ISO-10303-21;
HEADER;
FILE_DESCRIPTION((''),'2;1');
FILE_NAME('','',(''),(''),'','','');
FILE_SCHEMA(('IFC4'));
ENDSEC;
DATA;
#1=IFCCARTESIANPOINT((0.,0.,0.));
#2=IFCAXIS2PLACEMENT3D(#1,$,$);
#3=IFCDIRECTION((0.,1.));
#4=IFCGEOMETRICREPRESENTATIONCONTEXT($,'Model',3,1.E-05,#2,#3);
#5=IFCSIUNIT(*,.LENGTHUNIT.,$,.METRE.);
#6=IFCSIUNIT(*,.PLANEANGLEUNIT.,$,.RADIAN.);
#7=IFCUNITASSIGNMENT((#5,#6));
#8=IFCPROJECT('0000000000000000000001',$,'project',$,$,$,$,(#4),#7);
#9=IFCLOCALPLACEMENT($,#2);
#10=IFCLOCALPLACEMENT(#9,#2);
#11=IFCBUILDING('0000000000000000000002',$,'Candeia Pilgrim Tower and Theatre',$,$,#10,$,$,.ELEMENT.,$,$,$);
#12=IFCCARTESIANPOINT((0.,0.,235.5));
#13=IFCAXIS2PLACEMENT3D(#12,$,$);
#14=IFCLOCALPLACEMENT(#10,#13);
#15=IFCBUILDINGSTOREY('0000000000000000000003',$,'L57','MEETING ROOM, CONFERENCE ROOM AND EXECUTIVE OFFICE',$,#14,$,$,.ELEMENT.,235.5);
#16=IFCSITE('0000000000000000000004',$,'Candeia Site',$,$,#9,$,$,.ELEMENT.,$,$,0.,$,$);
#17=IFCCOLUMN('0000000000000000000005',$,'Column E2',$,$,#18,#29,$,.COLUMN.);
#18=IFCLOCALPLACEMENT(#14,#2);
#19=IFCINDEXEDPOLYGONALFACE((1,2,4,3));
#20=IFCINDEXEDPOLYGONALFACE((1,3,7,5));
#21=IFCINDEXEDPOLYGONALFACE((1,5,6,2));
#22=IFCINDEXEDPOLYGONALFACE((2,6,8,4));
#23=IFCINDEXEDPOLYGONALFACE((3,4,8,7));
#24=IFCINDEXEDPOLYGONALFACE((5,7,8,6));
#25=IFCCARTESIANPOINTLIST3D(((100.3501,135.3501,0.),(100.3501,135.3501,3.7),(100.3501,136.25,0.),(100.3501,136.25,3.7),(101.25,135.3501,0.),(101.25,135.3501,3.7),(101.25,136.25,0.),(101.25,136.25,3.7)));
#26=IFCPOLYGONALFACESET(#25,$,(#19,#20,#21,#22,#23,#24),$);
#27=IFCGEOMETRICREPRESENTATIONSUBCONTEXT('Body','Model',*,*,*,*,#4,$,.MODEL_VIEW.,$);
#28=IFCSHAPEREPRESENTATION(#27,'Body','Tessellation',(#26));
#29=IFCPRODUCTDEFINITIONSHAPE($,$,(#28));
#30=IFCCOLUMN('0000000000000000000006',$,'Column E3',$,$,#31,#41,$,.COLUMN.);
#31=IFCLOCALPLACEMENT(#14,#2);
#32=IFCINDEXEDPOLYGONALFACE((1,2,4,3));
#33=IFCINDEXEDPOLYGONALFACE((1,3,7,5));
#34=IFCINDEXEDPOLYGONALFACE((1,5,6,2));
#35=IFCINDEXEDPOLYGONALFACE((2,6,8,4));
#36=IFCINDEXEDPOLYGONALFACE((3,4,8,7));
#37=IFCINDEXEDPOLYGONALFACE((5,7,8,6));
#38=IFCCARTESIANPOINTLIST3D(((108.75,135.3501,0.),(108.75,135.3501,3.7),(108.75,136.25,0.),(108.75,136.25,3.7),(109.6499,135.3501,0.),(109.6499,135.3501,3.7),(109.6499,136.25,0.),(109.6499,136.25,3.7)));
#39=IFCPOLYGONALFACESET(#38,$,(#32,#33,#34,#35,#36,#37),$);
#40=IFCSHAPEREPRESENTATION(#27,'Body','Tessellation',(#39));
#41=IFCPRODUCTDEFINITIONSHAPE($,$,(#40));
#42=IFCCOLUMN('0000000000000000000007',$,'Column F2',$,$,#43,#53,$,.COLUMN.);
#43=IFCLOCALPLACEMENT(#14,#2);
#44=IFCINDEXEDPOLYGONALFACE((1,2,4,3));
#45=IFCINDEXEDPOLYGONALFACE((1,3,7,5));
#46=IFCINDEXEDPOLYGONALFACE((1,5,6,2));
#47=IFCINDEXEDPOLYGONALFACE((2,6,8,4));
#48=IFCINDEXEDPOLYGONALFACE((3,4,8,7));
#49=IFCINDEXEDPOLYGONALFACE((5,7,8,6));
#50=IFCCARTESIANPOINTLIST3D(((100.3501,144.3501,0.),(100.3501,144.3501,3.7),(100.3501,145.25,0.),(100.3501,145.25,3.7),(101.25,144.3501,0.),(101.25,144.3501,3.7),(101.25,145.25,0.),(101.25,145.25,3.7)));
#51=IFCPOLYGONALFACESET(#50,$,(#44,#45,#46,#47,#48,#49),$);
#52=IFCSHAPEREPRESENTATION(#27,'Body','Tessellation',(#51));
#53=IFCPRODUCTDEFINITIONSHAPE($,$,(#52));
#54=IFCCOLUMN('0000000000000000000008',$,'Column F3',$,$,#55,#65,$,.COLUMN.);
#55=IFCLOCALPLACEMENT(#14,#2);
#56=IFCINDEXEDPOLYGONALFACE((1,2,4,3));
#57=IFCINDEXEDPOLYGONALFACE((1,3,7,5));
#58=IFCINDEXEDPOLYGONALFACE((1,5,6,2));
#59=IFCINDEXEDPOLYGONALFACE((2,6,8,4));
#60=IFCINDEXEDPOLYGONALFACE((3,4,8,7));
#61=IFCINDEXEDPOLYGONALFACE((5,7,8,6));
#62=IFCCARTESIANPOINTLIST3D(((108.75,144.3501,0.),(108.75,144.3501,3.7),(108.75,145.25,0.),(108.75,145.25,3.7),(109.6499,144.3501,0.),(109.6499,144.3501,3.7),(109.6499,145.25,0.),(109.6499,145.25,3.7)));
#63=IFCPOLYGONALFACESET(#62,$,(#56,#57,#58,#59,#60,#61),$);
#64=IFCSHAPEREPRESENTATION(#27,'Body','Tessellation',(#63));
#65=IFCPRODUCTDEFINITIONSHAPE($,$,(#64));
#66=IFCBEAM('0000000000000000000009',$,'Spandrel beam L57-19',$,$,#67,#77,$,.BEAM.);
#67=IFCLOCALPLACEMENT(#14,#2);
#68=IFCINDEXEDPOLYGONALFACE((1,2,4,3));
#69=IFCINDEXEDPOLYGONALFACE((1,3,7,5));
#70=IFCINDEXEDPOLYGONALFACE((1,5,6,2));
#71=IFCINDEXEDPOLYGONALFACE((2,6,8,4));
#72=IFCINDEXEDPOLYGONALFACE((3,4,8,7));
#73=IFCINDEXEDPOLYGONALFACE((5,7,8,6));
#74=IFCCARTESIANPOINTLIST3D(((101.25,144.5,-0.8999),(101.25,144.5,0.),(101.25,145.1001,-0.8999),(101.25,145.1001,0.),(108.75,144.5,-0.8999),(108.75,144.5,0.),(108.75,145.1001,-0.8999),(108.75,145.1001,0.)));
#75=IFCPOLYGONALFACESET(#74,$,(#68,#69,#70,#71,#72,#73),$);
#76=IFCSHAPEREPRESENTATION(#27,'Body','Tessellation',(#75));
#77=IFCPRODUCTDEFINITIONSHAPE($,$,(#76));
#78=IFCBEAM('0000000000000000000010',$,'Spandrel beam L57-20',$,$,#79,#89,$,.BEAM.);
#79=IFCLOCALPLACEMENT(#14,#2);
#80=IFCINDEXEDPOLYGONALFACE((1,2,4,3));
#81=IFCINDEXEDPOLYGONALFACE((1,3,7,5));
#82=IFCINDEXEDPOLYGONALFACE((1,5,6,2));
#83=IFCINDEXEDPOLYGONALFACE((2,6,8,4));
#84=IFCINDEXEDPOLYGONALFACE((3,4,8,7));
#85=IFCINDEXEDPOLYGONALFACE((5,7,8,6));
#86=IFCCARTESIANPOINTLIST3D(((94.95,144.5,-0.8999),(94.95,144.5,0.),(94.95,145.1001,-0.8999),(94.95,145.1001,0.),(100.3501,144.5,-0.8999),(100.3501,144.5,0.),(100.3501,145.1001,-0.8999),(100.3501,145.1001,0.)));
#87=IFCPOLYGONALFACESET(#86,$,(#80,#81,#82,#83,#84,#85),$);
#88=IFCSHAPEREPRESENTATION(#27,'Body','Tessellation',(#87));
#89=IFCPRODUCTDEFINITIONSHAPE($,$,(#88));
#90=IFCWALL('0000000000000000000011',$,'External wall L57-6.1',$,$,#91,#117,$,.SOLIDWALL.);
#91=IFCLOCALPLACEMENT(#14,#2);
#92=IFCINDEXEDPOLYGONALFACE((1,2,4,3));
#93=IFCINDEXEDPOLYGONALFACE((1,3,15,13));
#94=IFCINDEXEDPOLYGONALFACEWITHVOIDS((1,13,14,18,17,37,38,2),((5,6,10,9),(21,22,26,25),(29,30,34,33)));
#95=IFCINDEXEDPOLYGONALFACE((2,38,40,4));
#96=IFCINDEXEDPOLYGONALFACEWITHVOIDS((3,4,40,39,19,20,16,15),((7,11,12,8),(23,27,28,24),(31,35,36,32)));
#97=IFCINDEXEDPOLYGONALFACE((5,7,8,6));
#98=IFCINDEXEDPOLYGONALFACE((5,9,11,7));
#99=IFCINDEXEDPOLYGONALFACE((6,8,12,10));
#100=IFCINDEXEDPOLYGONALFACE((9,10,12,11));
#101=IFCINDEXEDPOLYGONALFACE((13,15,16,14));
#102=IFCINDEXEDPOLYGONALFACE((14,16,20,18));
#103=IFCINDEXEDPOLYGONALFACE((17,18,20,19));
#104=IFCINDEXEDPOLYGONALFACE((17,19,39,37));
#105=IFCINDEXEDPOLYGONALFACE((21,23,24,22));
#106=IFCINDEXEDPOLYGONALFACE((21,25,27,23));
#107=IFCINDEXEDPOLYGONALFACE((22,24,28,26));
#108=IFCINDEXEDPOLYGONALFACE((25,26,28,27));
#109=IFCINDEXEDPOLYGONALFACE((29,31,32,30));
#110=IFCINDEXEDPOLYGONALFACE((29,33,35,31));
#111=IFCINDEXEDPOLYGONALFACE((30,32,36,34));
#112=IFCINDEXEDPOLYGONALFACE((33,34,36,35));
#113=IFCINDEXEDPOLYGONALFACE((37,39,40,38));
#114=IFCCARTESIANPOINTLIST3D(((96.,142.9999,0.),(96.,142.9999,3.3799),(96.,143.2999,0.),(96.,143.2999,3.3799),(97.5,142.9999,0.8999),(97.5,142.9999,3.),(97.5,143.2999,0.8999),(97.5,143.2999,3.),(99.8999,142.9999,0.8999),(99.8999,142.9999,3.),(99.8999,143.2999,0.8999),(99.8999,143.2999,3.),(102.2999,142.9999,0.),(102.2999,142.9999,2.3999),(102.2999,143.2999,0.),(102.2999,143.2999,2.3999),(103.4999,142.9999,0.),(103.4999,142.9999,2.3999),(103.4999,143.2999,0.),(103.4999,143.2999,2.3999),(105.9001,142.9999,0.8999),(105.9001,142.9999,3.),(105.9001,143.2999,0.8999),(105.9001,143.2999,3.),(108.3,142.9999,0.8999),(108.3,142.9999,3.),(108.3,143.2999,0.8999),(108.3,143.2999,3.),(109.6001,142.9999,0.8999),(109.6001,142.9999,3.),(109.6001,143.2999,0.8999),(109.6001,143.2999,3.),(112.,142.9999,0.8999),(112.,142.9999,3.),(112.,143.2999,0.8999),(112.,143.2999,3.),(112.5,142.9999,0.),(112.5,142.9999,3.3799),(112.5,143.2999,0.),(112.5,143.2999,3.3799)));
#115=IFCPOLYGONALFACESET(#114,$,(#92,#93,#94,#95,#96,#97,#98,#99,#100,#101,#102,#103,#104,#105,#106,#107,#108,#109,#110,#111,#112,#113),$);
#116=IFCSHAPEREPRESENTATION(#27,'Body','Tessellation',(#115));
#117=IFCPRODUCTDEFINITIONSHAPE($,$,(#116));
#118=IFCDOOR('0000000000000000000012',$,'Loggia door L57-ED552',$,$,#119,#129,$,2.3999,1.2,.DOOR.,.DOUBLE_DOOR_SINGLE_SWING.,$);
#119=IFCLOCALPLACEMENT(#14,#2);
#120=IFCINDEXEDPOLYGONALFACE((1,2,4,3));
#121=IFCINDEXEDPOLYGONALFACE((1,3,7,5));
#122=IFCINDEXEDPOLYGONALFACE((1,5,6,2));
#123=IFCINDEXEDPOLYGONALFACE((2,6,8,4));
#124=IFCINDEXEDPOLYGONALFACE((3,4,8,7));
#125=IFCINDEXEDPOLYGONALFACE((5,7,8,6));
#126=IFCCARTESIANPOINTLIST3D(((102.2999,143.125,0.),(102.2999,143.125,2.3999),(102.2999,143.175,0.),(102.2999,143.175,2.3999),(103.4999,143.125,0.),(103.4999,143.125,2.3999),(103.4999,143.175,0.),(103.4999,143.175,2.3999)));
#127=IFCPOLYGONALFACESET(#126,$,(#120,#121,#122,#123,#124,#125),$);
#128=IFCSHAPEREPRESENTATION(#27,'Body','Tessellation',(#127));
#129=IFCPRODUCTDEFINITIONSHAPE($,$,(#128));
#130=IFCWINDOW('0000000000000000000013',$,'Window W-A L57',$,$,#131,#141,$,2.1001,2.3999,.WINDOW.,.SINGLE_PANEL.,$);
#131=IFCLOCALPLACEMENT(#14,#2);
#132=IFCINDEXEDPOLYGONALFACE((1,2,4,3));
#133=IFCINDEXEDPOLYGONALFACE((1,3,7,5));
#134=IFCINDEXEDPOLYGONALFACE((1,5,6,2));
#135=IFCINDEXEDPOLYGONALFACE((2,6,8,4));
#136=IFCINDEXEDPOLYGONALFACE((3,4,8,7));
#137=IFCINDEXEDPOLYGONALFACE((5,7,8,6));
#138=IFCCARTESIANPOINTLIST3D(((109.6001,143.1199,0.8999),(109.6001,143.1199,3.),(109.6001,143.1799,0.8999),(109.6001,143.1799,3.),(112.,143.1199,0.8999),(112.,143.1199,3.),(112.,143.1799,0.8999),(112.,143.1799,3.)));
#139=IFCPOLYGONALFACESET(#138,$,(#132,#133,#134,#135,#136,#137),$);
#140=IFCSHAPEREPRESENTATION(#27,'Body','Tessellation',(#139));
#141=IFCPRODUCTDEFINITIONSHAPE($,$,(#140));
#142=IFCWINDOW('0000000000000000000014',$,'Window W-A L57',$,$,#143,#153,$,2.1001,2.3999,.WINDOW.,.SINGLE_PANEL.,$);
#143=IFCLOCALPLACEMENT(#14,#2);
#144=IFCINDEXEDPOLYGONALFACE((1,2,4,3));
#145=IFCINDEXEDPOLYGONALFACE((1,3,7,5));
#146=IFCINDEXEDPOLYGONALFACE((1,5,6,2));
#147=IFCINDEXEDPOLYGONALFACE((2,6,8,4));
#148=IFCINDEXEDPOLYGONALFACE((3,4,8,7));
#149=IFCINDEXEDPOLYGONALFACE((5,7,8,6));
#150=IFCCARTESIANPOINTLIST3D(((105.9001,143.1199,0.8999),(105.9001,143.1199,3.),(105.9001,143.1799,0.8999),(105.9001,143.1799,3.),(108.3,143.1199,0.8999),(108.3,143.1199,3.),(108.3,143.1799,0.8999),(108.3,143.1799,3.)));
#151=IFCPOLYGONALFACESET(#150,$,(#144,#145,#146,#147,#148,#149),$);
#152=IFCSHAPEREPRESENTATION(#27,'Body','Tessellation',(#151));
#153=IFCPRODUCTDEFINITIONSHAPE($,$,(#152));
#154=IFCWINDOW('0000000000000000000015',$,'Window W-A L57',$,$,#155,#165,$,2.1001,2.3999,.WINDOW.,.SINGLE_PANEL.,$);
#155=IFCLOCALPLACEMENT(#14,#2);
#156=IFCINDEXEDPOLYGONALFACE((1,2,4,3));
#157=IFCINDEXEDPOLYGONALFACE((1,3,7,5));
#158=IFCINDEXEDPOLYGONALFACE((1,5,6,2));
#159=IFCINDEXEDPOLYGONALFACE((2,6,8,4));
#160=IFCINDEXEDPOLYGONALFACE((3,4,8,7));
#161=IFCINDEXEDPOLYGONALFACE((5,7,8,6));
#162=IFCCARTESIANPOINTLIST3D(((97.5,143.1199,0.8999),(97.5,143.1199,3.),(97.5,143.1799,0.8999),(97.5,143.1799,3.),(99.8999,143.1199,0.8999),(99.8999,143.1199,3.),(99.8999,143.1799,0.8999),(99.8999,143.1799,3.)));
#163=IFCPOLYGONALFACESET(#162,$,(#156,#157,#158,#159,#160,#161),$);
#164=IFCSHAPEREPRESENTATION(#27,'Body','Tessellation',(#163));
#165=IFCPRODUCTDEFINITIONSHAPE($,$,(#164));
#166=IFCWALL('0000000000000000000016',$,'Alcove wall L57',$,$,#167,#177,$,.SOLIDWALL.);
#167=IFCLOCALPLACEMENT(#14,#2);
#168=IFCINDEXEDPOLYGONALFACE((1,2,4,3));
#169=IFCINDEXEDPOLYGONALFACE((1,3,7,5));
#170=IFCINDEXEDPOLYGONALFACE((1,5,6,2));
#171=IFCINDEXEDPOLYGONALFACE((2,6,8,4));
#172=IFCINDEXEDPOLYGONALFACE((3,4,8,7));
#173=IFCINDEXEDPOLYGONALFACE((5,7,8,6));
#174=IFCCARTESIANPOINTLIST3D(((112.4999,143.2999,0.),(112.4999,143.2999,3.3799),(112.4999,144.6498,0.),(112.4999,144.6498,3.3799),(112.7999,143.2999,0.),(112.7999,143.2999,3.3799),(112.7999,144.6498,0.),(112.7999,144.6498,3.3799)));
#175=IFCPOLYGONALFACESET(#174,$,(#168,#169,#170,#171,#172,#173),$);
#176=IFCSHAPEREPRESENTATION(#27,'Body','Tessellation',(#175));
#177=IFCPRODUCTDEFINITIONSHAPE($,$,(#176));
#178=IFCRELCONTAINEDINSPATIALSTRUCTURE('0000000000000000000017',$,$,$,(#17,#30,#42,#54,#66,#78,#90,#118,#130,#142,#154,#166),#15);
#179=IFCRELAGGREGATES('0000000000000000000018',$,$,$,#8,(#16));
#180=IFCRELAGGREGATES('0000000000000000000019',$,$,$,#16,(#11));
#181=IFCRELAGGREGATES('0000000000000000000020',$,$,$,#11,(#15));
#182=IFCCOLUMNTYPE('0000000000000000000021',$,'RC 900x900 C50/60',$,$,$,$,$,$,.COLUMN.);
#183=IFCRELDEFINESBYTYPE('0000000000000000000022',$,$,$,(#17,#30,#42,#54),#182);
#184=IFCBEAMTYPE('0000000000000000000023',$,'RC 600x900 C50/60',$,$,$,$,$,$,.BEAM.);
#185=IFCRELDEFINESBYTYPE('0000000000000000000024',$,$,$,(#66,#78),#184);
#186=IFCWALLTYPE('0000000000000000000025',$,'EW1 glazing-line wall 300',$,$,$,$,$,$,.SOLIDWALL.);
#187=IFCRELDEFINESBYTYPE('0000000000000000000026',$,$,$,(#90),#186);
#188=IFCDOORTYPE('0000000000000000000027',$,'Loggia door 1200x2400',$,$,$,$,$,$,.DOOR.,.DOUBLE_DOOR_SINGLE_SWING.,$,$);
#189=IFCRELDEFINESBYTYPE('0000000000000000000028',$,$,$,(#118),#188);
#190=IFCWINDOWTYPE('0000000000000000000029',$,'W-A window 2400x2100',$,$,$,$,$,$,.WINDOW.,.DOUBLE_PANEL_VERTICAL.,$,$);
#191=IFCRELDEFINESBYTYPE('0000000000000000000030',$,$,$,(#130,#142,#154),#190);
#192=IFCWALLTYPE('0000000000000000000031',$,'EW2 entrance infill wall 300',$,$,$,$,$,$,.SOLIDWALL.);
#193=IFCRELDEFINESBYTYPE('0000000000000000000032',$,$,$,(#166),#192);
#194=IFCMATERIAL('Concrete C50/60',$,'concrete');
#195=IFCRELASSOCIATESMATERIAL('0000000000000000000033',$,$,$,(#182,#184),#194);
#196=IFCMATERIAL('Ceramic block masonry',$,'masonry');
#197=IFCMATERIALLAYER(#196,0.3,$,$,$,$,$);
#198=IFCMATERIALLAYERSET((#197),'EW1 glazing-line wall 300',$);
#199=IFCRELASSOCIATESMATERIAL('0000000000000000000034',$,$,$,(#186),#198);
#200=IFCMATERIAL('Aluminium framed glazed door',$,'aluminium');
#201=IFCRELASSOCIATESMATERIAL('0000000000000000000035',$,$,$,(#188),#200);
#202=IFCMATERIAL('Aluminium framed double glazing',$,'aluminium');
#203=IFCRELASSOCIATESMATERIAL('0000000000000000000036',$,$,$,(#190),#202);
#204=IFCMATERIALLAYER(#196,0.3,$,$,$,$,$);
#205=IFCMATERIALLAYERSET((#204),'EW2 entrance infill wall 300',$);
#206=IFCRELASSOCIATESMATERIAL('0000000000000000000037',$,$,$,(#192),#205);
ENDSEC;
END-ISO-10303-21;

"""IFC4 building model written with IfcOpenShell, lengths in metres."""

from ifc_helpers import new_model, si_unit, direction, frame, frame_2d, origin, origin_2d, place, context, subcontext, project, spatial, rectangle, extrude, material, layer, layer_set, material_profile, profile_set, type_object, element, fill, save


model = new_model("IFC4")

# Units and contexts
model_context = context("Model", 3, precision=1e-05, world=origin(), true_north=direction((0.0, 1.0)))
body_context = subcontext(model_context, "Body", "Model", "MODEL_VIEW")
ifc_project = project(units=[si_unit("LENGTHUNIT", "METRE"), si_unit("PLANEANGLEUNIT", "RADIAN")], contexts=[model_context])

# Site, building, storey
site_placement = place(None, origin())
site = spatial("IfcSite", under=ifc_project, at=site_placement, Name="Candeia Site", CompositionType="ELEMENT", RefElevation=0.0)
building_placement = place(site_placement, origin())
building = spatial("IfcBuilding", under=site, at=building_placement, Name="Candeia Pilgrim Tower and Theatre", CompositionType="ELEMENT")
storey_placement = place(building_placement, frame((0.0, 0.0, 235.5)))
storey = spatial("IfcBuildingStorey", under=building, at=storey_placement, Name="L57", Description="MEETING ROOM, CONFERENCE ROOM AND EXECUTIVE OFFICE", CompositionType="ELEMENT", Elevation=235.5)

# Columns
ifc_material_1 = material(Name="Concrete C50/60", Category="concrete")
ifc_material_profile_1 = material_profile(ifc_material_1, rectangle(XDim=0.8999, YDim=0.8999, at=origin_2d()))
ifc_profile_set_1 = profile_set([ifc_material_profile_1], Name="Concrete C50/60")
column_type = type_object("IfcColumnType", Name="RC 900x900 C50/60", PredefinedType="COLUMN", material=ifc_profile_set_1)
for number, where, z_axis, x_axis, name in (
    (1, (100.8, 135.8, 0.0), (0.0, 0.0, 1.0), (1.0, 0.0, 0.0), "Column E2"),
    (2, (109.2, 135.8, 0.0), (0.0, 0.0, 1.0), (1.0, 0.0, 0.0), "Column E3"),
    (3, (100.8, 144.8, 0.0), (0.0, 0.0, 1.0), (1.0, 0.0, 0.0), "Column F2"),
    (4, (109.2, 144.8, 0.0), (0.0, 0.0, 1.0), (1.0, 0.0, 0.0), "Column F3"),
):
    element("IfcColumn", number, at=place(storey_placement, frame(where, z_axis=z_axis, x_axis=x_axis)), inside=storey, type_object=column_type, Name=name, PredefinedType="COLUMN", context=body_context, shape_type="SweptSolid", body=[
        extrude(rectangle(XDim=0.8999, YDim=0.8999, at=origin_2d()), origin(), (0.0, 0.0, 1.0), 3.7),
    ])

# Beams
ifc_material_profile_2 = material_profile(ifc_material_1, rectangle(XDim=0.6001, YDim=0.8999, at=origin_2d()))
ifc_profile_set_2 = profile_set([ifc_material_profile_2], Name="Concrete C50/60")
beam_type = type_object("IfcBeamType", Name="RC 600x900 C50/60", PredefinedType="BEAM", material=ifc_profile_set_2)
beam_1_placement = place(storey_placement, frame((108.75, 144.8, -0.45), z_axis=(-1.0, 0.0, 0.0), x_axis=(0.0, -1.0, 0.0)))
element("IfcBeam", 5, at=beam_1_placement, inside=storey, type_object=beam_type, Name="Spandrel beam L57-19", PredefinedType="BEAM", context=body_context, shape_type="SweptSolid", body=[
    extrude(rectangle(XDim=0.6001, YDim=0.8999, at=origin_2d()), origin(), (0.0, 0.0, 1.0), 7.5),
])
beam_2_placement = place(storey_placement, frame((100.3501, 144.8, -0.45), z_axis=(-1.0, 0.0, 0.0), x_axis=(0.0, -1.0, 0.0)))
element("IfcBeam", 6, at=beam_2_placement, inside=storey, type_object=beam_type, Name="Spandrel beam L57-20", PredefinedType="BEAM", context=body_context, shape_type="SweptSolid", body=[
    extrude(rectangle(XDim=0.6001, YDim=0.8999, at=origin_2d()), origin(), (0.0, 0.0, 1.0), 5.4001),
])

# Wall, openings, door, windows
ifc_material_2 = material(Name="Ceramic block masonry", Category="masonry")
ifc_layer_1 = layer(ifc_material_2, 0.3)
ifc_layer_set_1 = layer_set([ifc_layer_1], Name="EW1 glazing-line wall 300")
wall_type_1 = type_object("IfcWallType", Name="EW1 glazing-line wall 300", PredefinedType="SOLIDWALL", material=ifc_layer_set_1)
wall_1_placement = place(storey_placement, frame((112.5, 143.1499, 0.0), z_axis=(0.0, 0.0, 1.0), x_axis=(-1.0, 0.0, 0.0)))
wall_1 = element("IfcWall", 7, at=wall_1_placement, inside=storey, type_object=wall_type_1, Name="External wall L57-6.1", PredefinedType="SOLIDWALL", context=body_context, shape_type="SweptSolid", body=[
    extrude(rectangle(XDim=16.5, YDim=0.3, at=frame_2d((8.25, 0.0))), origin(), (0.0, 0.0, 1.0), 3.3799),
])
opening_1_placement = place(wall_1_placement, frame((0.5, 0.0, 0.8999)))
opening_1 = element("IfcOpeningElement", 8, at=opening_1_placement, cuts=wall_1, PredefinedType="OPENING", context=body_context, shape_type="SweptSolid", body=[
    extrude(rectangle(XDim=2.3999, YDim=2.1001, at=frame_2d((1.2, 1.05))), frame((0.0, 0.1602, 0.0), z_axis=(0.0, -1.0, 0.0), x_axis=(1.0, 0.0, 0.0)), (0.0, 0.0, 1.0), 0.3201),
])
opening_2_placement = place(wall_1_placement, frame((4.2, 0.0, 0.8999)))
opening_2 = element("IfcOpeningElement", 9, at=opening_2_placement, cuts=wall_1, PredefinedType="OPENING", context=body_context, shape_type="SweptSolid", body=[
    extrude(rectangle(XDim=2.3999, YDim=2.1001, at=frame_2d((1.2, 1.05))), frame((0.0, 0.1602, 0.0), z_axis=(0.0, -1.0, 0.0), x_axis=(1.0, 0.0, 0.0)), (0.0, 0.0, 1.0), 0.3201),
])
opening_3_placement = place(wall_1_placement, frame((9.0, 0.0, 0.0)))
opening_3 = element("IfcOpeningElement", 10, at=opening_3_placement, cuts=wall_1, PredefinedType="OPENING", context=body_context, shape_type="SweptSolid", body=[
    extrude(rectangle(XDim=1.2, YDim=2.3999, at=frame_2d((0.6001, 1.2))), frame((0.0, 0.1602, 0.0), z_axis=(0.0, -1.0, 0.0), x_axis=(1.0, 0.0, 0.0)), (0.0, 0.0, 1.0), 0.3201),
])
opening_4_placement = place(wall_1_placement, frame((12.6001, 0.0, 0.8999)))
opening_4 = element("IfcOpeningElement", 11, at=opening_4_placement, cuts=wall_1, PredefinedType="OPENING", context=body_context, shape_type="SweptSolid", body=[
    extrude(rectangle(XDim=2.3999, YDim=2.1001, at=frame_2d((1.2, 1.05))), frame((0.0, 0.1602, 0.0), z_axis=(0.0, -1.0, 0.0), x_axis=(1.0, 0.0, 0.0)), (0.0, 0.0, 1.0), 0.3201),
])
ifc_material_3 = material(Name="Aluminium framed glazed door", Category="aluminium")
door_type_1 = type_object("IfcDoorType", Name="Loggia door 1200x2400", OperationType="DOUBLE_DOOR_SINGLE_SWING", PredefinedType="DOOR", material=ifc_material_3)
door_1_placement = place(opening_3_placement, origin())
door_1 = element("IfcDoor", 12, at=door_1_placement, inside=storey, type_object=door_type_1, Name="Loggia door L57-ED552", OperationType="DOUBLE_DOOR_SINGLE_SWING", OverallHeight=2.3999, OverallWidth=1.2, PredefinedType="DOOR", context=body_context, shape_type="SweptSolid", body=[
    extrude(rectangle(XDim=1.2, YDim=2.3999, at=frame_2d((0.6001, 1.2))), frame((0.0, 0.0249, 0.0), z_axis=(0.0, -1.0, 0.0), x_axis=(1.0, 0.0, 0.0)), (0.0, 0.0, 1.0), 0.05),
])
fill(opening_3, door_1)
ifc_material_4 = material(Name="Aluminium framed double glazing", Category="aluminium")
window_type = type_object("IfcWindowType", Name="W-A window 2400x2100", PartitioningType="DOUBLE_PANEL_VERTICAL", PredefinedType="WINDOW", material=ifc_material_4)
window_1_placement = place(opening_1_placement, origin())
window_1 = element("IfcWindow", 13, at=window_1_placement, inside=storey, type_object=window_type, Name="Window W-A L57", OverallHeight=2.1001, OverallWidth=2.3999, PartitioningType="SINGLE_PANEL", PredefinedType="WINDOW", context=body_context, shape_type="SweptSolid", body=[
    extrude(rectangle(XDim=2.3999, YDim=2.1001, at=frame_2d((1.2, 1.05))), frame((0.0, 0.03, 0.0), z_axis=(0.0, -1.0, 0.0), x_axis=(1.0, 0.0, 0.0)), (0.0, 0.0, 1.0), 0.0601),
])
fill(opening_1, window_1)
window_2_placement = place(opening_2_placement, origin())
window_2 = element("IfcWindow", 14, at=window_2_placement, inside=storey, type_object=window_type, Name="Window W-A L57", OverallHeight=2.1001, OverallWidth=2.3999, PartitioningType="SINGLE_PANEL", PredefinedType="WINDOW", context=body_context, shape_type="SweptSolid", body=[
    extrude(rectangle(XDim=2.3999, YDim=2.1001, at=frame_2d((1.2, 1.05))), frame((0.0, 0.03, 0.0), z_axis=(0.0, -1.0, 0.0), x_axis=(1.0, 0.0, 0.0)), (0.0, 0.0, 1.0), 0.0601),
])
fill(opening_2, window_2)
window_3_placement = place(opening_4_placement, origin())
window_3 = element("IfcWindow", 15, at=window_3_placement, inside=storey, type_object=window_type, Name="Window W-A L57", OverallHeight=2.1001, OverallWidth=2.3999, PartitioningType="SINGLE_PANEL", PredefinedType="WINDOW", context=body_context, shape_type="SweptSolid", body=[
    extrude(rectangle(XDim=2.3999, YDim=2.1001, at=frame_2d((1.2, 1.05))), frame((0.0, 0.03, 0.0), z_axis=(0.0, -1.0, 0.0), x_axis=(1.0, 0.0, 0.0)), (0.0, 0.0, 1.0), 0.0601),
])
fill(opening_4, window_3)

# Wall
ifc_layer_2 = layer(ifc_material_2, 0.3)
ifc_layer_set_2 = layer_set([ifc_layer_2], Name="EW2 entrance infill wall 300")
wall_type_2 = type_object("IfcWallType", Name="EW2 entrance infill wall 300", PredefinedType="SOLIDWALL", material=ifc_layer_set_2)
wall_2_placement = place(storey_placement, frame((112.6499, 143.3, 0.0), z_axis=(0.0, 0.0, 1.0), x_axis=(0.0, 1.0, 0.0)))
element("IfcWall", 16, at=wall_2_placement, inside=storey, type_object=wall_type_2, Name="Alcove wall L57", PredefinedType="SOLIDWALL", context=body_context, shape_type="SweptSolid", body=[
    extrude(rectangle(XDim=1.3499, YDim=0.3, at=frame_2d((0.6748, 0.0))), origin(), (0.0, 0.0, 1.0), 3.3799),
])

save(model, "model.ifc")
